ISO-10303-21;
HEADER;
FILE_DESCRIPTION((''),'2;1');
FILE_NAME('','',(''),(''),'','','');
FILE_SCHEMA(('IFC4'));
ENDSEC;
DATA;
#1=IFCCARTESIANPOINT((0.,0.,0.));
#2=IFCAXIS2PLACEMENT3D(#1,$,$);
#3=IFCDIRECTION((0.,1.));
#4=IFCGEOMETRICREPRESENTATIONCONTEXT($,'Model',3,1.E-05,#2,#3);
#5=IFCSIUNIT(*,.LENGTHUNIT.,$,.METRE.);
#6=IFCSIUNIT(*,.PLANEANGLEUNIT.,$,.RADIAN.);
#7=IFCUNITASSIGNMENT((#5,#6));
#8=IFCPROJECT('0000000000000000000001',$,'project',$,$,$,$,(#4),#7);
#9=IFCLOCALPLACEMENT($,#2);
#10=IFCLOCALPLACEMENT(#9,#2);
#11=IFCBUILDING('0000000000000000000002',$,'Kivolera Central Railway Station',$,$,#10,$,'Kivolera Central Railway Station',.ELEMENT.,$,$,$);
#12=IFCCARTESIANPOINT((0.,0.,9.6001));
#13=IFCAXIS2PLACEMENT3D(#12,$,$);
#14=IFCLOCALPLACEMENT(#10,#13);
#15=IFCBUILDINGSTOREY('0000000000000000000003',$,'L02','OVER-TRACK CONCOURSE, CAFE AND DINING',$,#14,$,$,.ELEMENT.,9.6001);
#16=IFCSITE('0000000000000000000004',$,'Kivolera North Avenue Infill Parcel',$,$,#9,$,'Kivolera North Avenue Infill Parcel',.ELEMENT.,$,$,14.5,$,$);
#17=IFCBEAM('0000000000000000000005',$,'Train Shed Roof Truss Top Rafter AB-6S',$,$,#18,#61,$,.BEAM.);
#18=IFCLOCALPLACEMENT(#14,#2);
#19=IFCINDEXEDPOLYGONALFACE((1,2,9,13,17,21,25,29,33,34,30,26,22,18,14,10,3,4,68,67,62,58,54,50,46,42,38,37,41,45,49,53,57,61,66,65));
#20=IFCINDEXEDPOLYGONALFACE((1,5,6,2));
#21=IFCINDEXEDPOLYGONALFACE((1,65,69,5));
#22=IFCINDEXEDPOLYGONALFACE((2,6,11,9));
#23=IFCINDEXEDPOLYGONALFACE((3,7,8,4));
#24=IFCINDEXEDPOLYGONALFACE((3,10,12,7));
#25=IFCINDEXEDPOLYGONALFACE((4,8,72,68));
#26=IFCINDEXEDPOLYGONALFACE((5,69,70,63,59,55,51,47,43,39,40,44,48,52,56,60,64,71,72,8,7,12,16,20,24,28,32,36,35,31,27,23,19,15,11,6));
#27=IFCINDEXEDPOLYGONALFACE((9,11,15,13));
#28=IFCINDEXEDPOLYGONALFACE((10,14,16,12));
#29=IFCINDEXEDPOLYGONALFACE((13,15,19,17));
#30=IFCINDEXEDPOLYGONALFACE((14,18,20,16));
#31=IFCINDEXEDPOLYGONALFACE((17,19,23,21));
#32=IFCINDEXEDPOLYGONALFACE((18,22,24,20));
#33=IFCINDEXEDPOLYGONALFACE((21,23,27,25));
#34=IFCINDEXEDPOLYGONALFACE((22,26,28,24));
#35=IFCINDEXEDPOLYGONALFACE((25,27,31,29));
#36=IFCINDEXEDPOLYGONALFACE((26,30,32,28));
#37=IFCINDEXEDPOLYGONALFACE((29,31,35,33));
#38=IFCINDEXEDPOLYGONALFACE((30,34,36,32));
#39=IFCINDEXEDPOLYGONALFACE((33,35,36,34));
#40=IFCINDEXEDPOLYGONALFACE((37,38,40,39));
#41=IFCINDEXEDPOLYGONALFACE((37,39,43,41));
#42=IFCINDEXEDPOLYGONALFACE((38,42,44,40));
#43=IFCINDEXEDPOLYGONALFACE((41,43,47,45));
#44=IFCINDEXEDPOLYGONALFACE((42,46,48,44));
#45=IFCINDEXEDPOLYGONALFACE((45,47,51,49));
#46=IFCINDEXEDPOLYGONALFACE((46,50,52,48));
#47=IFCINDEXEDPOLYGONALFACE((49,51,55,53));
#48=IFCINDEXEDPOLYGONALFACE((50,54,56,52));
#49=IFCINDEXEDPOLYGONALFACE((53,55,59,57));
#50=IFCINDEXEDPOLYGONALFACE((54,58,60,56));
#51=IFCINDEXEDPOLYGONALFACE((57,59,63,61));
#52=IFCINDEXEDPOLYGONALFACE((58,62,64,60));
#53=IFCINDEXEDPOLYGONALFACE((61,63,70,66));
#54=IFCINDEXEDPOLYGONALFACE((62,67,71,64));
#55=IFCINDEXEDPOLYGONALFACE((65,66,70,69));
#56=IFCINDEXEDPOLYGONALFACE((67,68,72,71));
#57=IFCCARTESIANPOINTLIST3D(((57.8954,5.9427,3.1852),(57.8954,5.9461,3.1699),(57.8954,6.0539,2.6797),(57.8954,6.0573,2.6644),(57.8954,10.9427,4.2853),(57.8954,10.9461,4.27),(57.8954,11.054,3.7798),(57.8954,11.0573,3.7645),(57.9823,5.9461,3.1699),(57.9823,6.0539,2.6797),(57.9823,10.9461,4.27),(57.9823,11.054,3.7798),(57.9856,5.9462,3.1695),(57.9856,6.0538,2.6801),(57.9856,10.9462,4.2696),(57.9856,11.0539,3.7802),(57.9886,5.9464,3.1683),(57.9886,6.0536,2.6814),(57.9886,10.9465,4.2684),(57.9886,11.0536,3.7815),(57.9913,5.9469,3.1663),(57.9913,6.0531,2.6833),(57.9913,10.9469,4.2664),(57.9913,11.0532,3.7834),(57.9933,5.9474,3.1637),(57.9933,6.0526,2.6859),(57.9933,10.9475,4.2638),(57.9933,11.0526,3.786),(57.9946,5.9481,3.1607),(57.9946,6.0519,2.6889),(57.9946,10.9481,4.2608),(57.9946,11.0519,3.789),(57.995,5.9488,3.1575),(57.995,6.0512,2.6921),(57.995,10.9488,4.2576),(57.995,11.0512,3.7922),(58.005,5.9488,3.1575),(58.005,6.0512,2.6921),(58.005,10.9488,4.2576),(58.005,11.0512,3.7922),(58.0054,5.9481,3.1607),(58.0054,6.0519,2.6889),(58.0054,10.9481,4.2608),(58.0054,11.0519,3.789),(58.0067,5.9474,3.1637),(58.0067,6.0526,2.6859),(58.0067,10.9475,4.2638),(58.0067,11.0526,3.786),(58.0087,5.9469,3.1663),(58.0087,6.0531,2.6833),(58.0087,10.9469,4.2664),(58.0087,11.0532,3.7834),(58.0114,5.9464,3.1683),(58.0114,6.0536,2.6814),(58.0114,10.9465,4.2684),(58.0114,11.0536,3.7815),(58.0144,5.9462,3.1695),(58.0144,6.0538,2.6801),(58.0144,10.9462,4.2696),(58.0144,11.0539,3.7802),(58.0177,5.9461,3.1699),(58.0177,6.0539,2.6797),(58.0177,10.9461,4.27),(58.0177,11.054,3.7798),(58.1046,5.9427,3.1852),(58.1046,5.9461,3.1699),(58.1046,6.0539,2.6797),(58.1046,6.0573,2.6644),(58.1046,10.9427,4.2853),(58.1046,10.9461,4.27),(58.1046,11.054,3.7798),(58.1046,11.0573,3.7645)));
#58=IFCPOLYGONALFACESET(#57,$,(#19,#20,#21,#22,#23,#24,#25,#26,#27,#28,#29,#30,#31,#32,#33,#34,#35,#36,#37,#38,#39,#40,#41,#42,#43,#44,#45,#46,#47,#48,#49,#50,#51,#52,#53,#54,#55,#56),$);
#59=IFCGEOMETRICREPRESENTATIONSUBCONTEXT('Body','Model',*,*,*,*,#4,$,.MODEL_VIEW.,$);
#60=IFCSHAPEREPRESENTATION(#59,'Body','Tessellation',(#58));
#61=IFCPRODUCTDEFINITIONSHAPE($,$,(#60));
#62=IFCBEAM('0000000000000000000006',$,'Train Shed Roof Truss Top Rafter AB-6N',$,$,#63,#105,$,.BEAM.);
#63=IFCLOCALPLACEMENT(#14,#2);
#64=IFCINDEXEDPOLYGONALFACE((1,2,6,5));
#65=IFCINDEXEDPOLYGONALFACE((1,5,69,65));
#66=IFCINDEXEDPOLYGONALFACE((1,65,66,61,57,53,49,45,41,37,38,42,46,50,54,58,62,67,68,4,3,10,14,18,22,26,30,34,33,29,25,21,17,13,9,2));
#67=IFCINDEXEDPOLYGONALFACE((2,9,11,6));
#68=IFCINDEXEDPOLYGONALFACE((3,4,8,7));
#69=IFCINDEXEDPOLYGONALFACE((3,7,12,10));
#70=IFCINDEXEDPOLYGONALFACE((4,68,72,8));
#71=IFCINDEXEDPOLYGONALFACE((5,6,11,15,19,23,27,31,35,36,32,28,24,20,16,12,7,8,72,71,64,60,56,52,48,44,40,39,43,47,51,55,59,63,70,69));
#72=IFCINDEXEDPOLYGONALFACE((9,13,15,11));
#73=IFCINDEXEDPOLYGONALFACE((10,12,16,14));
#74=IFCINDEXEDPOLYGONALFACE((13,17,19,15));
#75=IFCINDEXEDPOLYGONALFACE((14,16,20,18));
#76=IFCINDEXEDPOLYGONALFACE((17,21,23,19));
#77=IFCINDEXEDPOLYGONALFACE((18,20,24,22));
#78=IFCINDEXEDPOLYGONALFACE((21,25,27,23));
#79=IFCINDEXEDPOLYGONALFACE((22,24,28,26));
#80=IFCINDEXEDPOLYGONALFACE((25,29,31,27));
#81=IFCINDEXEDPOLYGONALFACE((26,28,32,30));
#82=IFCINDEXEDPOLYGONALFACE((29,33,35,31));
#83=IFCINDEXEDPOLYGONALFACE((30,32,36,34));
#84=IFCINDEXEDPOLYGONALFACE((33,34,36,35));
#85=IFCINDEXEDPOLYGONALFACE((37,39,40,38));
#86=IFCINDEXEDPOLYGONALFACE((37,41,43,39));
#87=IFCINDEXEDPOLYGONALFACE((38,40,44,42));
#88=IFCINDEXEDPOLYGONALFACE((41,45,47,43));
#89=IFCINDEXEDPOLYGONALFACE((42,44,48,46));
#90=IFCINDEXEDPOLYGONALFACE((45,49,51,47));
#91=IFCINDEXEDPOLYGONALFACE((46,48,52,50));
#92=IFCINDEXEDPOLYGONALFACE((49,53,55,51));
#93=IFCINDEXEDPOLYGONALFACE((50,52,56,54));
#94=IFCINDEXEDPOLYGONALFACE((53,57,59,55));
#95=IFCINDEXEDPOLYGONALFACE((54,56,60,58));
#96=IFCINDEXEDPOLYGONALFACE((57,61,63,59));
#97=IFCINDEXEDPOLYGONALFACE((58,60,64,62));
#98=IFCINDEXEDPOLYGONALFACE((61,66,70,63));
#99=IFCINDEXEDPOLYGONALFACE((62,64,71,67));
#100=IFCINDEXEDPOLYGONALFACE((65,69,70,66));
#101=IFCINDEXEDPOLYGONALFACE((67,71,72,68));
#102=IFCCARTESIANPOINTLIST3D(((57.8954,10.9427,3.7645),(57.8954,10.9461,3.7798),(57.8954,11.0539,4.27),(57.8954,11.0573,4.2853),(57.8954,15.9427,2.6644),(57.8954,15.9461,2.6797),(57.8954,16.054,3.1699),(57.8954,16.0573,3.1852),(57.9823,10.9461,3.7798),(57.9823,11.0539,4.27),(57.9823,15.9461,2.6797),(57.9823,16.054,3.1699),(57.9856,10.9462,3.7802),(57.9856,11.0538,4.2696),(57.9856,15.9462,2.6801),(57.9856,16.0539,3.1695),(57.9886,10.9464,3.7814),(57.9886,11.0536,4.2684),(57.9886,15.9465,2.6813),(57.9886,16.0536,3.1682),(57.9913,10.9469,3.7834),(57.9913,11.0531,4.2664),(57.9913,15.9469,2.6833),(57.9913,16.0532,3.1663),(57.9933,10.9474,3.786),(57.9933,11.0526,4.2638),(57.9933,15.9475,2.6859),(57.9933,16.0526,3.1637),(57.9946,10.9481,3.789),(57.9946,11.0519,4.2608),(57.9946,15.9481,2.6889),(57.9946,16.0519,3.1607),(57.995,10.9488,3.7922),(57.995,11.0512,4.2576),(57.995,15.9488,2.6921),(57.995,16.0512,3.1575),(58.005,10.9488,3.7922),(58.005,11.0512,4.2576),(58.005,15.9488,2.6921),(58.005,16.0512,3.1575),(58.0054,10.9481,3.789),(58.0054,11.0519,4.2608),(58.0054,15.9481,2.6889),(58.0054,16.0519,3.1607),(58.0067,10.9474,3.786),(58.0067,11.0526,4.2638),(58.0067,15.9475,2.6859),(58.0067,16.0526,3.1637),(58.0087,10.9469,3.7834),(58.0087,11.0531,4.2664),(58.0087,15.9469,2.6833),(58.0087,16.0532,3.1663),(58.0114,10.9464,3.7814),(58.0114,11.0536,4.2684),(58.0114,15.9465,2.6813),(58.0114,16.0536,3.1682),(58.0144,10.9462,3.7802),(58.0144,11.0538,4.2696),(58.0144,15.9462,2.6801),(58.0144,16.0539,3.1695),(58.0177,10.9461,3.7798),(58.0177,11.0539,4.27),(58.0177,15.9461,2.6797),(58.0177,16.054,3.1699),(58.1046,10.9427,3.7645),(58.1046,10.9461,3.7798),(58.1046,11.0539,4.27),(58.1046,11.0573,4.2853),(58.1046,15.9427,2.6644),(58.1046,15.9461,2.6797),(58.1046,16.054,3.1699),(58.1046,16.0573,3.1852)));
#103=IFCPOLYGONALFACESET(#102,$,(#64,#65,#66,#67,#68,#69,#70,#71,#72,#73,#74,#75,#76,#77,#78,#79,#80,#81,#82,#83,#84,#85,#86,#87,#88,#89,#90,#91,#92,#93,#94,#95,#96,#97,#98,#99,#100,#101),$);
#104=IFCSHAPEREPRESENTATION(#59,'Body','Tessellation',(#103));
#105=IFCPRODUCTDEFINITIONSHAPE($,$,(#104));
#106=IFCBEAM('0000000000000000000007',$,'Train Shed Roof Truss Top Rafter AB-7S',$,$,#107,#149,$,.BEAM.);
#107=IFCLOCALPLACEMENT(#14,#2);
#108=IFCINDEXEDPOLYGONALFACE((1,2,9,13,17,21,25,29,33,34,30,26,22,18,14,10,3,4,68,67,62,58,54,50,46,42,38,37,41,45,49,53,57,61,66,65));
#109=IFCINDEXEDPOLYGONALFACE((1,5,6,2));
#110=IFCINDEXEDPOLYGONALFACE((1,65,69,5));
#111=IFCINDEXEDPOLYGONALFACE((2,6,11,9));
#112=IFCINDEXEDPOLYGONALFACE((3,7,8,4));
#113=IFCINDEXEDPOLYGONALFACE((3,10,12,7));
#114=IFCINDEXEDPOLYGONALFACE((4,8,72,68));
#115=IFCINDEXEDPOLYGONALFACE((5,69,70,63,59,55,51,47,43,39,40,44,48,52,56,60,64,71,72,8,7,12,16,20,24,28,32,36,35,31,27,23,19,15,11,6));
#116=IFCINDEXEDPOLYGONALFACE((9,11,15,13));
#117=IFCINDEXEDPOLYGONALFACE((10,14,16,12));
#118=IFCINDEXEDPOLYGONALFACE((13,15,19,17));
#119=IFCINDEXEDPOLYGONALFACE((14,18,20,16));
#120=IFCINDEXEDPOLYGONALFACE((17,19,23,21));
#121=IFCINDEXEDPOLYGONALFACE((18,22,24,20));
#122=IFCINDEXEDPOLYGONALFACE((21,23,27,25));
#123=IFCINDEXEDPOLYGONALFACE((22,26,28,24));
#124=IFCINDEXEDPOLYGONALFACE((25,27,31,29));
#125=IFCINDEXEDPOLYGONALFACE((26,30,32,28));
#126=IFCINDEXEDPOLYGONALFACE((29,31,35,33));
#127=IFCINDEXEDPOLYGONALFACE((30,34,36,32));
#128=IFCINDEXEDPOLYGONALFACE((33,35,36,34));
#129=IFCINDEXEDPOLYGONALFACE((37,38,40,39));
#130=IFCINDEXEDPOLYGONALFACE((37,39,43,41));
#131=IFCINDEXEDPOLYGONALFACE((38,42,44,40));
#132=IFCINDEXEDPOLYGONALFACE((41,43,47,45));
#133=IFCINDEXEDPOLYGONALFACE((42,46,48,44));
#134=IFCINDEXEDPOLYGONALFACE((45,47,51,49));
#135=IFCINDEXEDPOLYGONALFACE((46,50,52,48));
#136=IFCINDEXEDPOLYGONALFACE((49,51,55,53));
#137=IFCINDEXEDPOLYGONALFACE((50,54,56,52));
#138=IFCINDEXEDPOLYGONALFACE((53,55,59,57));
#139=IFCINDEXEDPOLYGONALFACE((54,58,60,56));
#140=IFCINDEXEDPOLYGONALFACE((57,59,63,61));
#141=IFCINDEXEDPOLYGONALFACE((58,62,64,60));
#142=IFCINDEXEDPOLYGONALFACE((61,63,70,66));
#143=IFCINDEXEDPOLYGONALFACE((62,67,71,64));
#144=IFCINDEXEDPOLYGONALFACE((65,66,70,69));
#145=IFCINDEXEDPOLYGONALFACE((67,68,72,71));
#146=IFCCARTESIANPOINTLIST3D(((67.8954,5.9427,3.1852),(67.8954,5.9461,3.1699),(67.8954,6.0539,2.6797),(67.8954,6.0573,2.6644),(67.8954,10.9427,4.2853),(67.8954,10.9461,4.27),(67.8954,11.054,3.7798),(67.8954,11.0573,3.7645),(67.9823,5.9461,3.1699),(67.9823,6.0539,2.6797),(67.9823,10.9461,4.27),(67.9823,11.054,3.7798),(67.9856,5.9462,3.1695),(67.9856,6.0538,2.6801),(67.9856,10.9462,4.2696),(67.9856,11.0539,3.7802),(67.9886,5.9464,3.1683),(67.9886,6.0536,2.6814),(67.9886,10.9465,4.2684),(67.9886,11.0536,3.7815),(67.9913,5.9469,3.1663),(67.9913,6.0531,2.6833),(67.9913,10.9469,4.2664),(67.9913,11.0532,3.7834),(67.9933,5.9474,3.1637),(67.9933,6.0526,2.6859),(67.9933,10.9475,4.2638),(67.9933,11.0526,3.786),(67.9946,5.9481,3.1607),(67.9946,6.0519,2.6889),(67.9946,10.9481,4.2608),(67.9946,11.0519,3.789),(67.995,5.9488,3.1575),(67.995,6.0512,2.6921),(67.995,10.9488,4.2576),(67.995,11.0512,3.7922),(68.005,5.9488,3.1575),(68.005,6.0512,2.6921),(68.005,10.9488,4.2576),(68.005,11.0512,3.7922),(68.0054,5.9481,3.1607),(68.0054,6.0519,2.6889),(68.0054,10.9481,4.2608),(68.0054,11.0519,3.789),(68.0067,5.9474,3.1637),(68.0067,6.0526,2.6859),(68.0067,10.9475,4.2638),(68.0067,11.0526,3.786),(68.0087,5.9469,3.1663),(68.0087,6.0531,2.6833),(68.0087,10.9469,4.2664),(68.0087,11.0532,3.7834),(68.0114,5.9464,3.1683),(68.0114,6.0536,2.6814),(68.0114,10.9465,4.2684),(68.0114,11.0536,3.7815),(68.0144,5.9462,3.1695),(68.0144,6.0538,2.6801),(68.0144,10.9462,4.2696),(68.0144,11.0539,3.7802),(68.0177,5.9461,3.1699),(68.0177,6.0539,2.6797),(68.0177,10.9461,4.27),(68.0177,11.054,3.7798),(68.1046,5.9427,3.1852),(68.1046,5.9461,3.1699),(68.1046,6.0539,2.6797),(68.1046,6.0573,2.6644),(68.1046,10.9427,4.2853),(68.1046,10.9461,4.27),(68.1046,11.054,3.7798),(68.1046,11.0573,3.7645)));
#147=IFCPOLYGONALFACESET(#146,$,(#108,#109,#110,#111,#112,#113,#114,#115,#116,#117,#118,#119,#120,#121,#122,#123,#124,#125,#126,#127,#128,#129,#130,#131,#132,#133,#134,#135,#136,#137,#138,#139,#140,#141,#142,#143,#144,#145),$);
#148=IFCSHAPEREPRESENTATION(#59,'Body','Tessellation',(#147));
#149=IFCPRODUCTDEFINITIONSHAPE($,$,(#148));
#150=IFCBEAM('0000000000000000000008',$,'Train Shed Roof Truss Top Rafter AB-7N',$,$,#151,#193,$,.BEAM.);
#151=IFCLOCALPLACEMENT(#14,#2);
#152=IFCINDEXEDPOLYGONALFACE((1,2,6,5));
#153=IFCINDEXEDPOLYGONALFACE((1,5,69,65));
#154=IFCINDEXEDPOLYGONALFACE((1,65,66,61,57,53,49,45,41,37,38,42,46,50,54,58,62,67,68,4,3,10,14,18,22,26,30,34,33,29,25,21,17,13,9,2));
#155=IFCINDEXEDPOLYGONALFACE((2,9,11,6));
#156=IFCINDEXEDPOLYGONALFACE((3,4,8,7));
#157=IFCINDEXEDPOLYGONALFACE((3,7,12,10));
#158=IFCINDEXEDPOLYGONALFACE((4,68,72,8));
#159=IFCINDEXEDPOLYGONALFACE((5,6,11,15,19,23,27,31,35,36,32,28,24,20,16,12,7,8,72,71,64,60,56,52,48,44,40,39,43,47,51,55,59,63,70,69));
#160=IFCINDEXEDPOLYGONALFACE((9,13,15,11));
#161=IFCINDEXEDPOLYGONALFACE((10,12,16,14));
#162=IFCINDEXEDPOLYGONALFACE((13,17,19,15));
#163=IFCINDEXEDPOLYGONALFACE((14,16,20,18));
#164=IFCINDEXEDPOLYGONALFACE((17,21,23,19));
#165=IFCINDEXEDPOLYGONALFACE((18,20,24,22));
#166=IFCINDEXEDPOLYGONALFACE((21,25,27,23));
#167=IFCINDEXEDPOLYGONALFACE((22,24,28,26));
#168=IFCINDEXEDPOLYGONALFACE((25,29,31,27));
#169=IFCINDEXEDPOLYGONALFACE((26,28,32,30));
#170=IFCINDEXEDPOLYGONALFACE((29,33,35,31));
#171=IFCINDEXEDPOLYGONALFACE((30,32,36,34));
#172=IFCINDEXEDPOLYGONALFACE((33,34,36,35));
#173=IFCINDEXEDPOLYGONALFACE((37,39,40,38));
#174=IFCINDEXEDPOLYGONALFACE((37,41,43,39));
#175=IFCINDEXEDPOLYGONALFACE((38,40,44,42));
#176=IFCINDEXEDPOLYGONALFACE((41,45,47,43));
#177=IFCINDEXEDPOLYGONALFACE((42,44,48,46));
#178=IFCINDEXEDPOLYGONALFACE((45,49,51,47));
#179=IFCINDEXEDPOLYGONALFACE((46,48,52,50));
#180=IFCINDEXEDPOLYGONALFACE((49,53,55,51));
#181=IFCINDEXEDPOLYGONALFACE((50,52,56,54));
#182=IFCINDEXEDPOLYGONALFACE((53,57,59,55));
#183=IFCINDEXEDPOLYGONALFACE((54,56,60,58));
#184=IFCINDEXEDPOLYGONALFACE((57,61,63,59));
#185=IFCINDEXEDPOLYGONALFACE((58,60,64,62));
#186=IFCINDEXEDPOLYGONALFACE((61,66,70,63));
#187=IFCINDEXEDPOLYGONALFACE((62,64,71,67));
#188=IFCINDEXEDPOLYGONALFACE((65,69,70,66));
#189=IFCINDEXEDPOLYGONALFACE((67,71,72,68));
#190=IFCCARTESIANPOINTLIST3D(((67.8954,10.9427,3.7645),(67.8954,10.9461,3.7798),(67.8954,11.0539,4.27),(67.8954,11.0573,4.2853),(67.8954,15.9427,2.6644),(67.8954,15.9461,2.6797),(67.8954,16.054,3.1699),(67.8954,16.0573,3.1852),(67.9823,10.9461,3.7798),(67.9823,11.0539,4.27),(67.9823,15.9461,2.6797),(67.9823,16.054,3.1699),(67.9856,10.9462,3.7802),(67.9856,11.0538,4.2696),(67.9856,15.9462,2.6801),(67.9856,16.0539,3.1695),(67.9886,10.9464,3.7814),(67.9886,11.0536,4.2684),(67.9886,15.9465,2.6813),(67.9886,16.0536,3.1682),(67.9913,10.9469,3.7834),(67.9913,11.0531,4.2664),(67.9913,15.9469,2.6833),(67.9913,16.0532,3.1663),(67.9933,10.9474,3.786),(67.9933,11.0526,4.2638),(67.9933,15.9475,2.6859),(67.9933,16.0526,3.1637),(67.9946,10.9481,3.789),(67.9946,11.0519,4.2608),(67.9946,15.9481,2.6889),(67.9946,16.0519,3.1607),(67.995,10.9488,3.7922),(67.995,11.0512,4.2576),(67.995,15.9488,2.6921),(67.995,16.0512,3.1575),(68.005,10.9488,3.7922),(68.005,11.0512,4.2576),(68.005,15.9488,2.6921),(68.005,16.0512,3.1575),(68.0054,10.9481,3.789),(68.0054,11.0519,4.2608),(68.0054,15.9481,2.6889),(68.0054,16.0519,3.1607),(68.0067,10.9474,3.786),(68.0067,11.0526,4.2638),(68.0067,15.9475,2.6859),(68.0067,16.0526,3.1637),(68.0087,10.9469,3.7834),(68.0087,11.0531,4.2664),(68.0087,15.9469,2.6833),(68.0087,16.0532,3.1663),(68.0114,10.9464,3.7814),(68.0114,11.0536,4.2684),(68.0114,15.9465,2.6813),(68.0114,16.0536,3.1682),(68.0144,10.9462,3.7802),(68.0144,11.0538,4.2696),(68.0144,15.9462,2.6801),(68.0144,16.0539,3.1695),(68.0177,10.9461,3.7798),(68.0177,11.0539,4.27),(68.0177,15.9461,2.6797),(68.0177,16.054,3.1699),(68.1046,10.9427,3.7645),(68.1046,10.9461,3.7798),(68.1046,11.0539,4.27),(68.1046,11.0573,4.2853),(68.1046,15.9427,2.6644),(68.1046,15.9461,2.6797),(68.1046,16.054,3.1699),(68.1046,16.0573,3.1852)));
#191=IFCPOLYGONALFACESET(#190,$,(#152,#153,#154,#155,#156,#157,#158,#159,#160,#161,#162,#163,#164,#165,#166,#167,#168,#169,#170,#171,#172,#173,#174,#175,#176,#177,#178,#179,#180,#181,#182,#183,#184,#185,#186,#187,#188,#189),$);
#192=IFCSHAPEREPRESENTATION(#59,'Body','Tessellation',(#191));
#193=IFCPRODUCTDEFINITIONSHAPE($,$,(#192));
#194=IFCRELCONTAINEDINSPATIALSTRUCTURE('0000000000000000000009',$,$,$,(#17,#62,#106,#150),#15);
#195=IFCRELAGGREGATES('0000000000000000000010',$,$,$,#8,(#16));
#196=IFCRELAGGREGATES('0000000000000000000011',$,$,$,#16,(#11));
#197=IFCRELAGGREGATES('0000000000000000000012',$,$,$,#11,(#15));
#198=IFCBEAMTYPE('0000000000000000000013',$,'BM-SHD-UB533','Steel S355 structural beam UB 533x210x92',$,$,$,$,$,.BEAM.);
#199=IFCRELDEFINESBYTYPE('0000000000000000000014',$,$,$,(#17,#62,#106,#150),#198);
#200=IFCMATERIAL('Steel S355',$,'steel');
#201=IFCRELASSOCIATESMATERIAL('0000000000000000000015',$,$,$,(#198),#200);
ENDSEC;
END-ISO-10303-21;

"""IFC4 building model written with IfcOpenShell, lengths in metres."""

from ifc_helpers import new_model, si_unit, direction, frame, origin, origin_2d, place, context, subcontext, project, spatial, i_section, extrude, material, material_profile, profile_set, type_object, element, save


model = new_model("IFC4")

# Units and contexts
model_context = context("Model", 3, precision=1e-05, world=origin(), true_north=direction((0.0, 1.0)))
body_context = subcontext(model_context, "Body", "Model", "MODEL_VIEW")
ifc_project = project(units=[si_unit("LENGTHUNIT", "METRE"), si_unit("PLANEANGLEUNIT", "RADIAN")], contexts=[model_context])

# Site, building, storey
site_placement = place(None, origin())
site = spatial("IfcSite", under=ifc_project, at=site_placement, Name="Kivolera North Avenue Infill Parcel", LongName="Kivolera North Avenue Infill Parcel", CompositionType="ELEMENT", RefElevation=14.5)
building_placement = place(site_placement, origin())
building = spatial("IfcBuilding", under=site, at=building_placement, Name="Kivolera Central Railway Station", LongName="Kivolera Central Railway Station", CompositionType="ELEMENT")
storey_placement = place(building_placement, frame((0.0, 0.0, 9.6001)))
storey = spatial("IfcBuildingStorey", under=building, at=storey_placement, Name="L02", Description="OVER-TRACK CONCOURSE, CAFE AND DINING", CompositionType="ELEMENT", Elevation=9.6001)

# Shared definitions
ifc_material_1 = material(Name="Steel S355", Category="steel")

# Beams
ifc_material_profile_1 = material_profile(ifc_material_1, i_section(OverallWidth=0.2092, OverallDepth=0.5332, WebThickness=0.01, FlangeThickness=0.0156, FilletRadius=0.0127, at=origin_2d()), Name="UB 533x210x92")
ifc_profile_set_1 = profile_set([ifc_material_profile_1], Name="Steel S355")
beam_type_1 = type_object("IfcBeamType", Name="BM-SHD-UB533", Description="Steel S355 structural beam UB 533x210x92", PredefinedType="BEAM", material=ifc_profile_set_1)
for number, where, z_axis, x_axis, name in (
    (1, (58.0, 6.0, 2.9248), (0.0, 0.97664, 0.21488), (-1.0, 0.0, 0.0), "Train Shed Roof Truss Top Rafter AB-6S"),
    (2, (58.0, 11.0, 4.0249), (0.0, 0.97664, -0.21488), (-1.0, 0.0, 0.0), "Train Shed Roof Truss Top Rafter AB-6N"),
    (3, (68.0, 6.0, 2.9248), (0.0, 0.97664, 0.21488), (-1.0, 0.0, 0.0), "Train Shed Roof Truss Top Rafter AB-7S"),
    (4, (68.0, 11.0, 4.0249), (0.0, 0.97664, -0.21488), (-1.0, 0.0, 0.0), "Train Shed Roof Truss Top Rafter AB-7N"),
):
    element("IfcBeam", number, at=place(storey_placement, frame(where, z_axis=z_axis, x_axis=x_axis)), inside=storey, type_object=beam_type_1, Name=name, PredefinedType="BEAM", context=body_context, shape_type="SweptSolid", body=[
        extrude(i_section(OverallWidth=0.2092, OverallDepth=0.5332, WebThickness=0.01, FlangeThickness=0.0156, FilletRadius=0.0127, at=origin_2d()), origin(), (0.0, 0.0, 1.0), 5.1196),
    ])

save(model, "model.ifc")
